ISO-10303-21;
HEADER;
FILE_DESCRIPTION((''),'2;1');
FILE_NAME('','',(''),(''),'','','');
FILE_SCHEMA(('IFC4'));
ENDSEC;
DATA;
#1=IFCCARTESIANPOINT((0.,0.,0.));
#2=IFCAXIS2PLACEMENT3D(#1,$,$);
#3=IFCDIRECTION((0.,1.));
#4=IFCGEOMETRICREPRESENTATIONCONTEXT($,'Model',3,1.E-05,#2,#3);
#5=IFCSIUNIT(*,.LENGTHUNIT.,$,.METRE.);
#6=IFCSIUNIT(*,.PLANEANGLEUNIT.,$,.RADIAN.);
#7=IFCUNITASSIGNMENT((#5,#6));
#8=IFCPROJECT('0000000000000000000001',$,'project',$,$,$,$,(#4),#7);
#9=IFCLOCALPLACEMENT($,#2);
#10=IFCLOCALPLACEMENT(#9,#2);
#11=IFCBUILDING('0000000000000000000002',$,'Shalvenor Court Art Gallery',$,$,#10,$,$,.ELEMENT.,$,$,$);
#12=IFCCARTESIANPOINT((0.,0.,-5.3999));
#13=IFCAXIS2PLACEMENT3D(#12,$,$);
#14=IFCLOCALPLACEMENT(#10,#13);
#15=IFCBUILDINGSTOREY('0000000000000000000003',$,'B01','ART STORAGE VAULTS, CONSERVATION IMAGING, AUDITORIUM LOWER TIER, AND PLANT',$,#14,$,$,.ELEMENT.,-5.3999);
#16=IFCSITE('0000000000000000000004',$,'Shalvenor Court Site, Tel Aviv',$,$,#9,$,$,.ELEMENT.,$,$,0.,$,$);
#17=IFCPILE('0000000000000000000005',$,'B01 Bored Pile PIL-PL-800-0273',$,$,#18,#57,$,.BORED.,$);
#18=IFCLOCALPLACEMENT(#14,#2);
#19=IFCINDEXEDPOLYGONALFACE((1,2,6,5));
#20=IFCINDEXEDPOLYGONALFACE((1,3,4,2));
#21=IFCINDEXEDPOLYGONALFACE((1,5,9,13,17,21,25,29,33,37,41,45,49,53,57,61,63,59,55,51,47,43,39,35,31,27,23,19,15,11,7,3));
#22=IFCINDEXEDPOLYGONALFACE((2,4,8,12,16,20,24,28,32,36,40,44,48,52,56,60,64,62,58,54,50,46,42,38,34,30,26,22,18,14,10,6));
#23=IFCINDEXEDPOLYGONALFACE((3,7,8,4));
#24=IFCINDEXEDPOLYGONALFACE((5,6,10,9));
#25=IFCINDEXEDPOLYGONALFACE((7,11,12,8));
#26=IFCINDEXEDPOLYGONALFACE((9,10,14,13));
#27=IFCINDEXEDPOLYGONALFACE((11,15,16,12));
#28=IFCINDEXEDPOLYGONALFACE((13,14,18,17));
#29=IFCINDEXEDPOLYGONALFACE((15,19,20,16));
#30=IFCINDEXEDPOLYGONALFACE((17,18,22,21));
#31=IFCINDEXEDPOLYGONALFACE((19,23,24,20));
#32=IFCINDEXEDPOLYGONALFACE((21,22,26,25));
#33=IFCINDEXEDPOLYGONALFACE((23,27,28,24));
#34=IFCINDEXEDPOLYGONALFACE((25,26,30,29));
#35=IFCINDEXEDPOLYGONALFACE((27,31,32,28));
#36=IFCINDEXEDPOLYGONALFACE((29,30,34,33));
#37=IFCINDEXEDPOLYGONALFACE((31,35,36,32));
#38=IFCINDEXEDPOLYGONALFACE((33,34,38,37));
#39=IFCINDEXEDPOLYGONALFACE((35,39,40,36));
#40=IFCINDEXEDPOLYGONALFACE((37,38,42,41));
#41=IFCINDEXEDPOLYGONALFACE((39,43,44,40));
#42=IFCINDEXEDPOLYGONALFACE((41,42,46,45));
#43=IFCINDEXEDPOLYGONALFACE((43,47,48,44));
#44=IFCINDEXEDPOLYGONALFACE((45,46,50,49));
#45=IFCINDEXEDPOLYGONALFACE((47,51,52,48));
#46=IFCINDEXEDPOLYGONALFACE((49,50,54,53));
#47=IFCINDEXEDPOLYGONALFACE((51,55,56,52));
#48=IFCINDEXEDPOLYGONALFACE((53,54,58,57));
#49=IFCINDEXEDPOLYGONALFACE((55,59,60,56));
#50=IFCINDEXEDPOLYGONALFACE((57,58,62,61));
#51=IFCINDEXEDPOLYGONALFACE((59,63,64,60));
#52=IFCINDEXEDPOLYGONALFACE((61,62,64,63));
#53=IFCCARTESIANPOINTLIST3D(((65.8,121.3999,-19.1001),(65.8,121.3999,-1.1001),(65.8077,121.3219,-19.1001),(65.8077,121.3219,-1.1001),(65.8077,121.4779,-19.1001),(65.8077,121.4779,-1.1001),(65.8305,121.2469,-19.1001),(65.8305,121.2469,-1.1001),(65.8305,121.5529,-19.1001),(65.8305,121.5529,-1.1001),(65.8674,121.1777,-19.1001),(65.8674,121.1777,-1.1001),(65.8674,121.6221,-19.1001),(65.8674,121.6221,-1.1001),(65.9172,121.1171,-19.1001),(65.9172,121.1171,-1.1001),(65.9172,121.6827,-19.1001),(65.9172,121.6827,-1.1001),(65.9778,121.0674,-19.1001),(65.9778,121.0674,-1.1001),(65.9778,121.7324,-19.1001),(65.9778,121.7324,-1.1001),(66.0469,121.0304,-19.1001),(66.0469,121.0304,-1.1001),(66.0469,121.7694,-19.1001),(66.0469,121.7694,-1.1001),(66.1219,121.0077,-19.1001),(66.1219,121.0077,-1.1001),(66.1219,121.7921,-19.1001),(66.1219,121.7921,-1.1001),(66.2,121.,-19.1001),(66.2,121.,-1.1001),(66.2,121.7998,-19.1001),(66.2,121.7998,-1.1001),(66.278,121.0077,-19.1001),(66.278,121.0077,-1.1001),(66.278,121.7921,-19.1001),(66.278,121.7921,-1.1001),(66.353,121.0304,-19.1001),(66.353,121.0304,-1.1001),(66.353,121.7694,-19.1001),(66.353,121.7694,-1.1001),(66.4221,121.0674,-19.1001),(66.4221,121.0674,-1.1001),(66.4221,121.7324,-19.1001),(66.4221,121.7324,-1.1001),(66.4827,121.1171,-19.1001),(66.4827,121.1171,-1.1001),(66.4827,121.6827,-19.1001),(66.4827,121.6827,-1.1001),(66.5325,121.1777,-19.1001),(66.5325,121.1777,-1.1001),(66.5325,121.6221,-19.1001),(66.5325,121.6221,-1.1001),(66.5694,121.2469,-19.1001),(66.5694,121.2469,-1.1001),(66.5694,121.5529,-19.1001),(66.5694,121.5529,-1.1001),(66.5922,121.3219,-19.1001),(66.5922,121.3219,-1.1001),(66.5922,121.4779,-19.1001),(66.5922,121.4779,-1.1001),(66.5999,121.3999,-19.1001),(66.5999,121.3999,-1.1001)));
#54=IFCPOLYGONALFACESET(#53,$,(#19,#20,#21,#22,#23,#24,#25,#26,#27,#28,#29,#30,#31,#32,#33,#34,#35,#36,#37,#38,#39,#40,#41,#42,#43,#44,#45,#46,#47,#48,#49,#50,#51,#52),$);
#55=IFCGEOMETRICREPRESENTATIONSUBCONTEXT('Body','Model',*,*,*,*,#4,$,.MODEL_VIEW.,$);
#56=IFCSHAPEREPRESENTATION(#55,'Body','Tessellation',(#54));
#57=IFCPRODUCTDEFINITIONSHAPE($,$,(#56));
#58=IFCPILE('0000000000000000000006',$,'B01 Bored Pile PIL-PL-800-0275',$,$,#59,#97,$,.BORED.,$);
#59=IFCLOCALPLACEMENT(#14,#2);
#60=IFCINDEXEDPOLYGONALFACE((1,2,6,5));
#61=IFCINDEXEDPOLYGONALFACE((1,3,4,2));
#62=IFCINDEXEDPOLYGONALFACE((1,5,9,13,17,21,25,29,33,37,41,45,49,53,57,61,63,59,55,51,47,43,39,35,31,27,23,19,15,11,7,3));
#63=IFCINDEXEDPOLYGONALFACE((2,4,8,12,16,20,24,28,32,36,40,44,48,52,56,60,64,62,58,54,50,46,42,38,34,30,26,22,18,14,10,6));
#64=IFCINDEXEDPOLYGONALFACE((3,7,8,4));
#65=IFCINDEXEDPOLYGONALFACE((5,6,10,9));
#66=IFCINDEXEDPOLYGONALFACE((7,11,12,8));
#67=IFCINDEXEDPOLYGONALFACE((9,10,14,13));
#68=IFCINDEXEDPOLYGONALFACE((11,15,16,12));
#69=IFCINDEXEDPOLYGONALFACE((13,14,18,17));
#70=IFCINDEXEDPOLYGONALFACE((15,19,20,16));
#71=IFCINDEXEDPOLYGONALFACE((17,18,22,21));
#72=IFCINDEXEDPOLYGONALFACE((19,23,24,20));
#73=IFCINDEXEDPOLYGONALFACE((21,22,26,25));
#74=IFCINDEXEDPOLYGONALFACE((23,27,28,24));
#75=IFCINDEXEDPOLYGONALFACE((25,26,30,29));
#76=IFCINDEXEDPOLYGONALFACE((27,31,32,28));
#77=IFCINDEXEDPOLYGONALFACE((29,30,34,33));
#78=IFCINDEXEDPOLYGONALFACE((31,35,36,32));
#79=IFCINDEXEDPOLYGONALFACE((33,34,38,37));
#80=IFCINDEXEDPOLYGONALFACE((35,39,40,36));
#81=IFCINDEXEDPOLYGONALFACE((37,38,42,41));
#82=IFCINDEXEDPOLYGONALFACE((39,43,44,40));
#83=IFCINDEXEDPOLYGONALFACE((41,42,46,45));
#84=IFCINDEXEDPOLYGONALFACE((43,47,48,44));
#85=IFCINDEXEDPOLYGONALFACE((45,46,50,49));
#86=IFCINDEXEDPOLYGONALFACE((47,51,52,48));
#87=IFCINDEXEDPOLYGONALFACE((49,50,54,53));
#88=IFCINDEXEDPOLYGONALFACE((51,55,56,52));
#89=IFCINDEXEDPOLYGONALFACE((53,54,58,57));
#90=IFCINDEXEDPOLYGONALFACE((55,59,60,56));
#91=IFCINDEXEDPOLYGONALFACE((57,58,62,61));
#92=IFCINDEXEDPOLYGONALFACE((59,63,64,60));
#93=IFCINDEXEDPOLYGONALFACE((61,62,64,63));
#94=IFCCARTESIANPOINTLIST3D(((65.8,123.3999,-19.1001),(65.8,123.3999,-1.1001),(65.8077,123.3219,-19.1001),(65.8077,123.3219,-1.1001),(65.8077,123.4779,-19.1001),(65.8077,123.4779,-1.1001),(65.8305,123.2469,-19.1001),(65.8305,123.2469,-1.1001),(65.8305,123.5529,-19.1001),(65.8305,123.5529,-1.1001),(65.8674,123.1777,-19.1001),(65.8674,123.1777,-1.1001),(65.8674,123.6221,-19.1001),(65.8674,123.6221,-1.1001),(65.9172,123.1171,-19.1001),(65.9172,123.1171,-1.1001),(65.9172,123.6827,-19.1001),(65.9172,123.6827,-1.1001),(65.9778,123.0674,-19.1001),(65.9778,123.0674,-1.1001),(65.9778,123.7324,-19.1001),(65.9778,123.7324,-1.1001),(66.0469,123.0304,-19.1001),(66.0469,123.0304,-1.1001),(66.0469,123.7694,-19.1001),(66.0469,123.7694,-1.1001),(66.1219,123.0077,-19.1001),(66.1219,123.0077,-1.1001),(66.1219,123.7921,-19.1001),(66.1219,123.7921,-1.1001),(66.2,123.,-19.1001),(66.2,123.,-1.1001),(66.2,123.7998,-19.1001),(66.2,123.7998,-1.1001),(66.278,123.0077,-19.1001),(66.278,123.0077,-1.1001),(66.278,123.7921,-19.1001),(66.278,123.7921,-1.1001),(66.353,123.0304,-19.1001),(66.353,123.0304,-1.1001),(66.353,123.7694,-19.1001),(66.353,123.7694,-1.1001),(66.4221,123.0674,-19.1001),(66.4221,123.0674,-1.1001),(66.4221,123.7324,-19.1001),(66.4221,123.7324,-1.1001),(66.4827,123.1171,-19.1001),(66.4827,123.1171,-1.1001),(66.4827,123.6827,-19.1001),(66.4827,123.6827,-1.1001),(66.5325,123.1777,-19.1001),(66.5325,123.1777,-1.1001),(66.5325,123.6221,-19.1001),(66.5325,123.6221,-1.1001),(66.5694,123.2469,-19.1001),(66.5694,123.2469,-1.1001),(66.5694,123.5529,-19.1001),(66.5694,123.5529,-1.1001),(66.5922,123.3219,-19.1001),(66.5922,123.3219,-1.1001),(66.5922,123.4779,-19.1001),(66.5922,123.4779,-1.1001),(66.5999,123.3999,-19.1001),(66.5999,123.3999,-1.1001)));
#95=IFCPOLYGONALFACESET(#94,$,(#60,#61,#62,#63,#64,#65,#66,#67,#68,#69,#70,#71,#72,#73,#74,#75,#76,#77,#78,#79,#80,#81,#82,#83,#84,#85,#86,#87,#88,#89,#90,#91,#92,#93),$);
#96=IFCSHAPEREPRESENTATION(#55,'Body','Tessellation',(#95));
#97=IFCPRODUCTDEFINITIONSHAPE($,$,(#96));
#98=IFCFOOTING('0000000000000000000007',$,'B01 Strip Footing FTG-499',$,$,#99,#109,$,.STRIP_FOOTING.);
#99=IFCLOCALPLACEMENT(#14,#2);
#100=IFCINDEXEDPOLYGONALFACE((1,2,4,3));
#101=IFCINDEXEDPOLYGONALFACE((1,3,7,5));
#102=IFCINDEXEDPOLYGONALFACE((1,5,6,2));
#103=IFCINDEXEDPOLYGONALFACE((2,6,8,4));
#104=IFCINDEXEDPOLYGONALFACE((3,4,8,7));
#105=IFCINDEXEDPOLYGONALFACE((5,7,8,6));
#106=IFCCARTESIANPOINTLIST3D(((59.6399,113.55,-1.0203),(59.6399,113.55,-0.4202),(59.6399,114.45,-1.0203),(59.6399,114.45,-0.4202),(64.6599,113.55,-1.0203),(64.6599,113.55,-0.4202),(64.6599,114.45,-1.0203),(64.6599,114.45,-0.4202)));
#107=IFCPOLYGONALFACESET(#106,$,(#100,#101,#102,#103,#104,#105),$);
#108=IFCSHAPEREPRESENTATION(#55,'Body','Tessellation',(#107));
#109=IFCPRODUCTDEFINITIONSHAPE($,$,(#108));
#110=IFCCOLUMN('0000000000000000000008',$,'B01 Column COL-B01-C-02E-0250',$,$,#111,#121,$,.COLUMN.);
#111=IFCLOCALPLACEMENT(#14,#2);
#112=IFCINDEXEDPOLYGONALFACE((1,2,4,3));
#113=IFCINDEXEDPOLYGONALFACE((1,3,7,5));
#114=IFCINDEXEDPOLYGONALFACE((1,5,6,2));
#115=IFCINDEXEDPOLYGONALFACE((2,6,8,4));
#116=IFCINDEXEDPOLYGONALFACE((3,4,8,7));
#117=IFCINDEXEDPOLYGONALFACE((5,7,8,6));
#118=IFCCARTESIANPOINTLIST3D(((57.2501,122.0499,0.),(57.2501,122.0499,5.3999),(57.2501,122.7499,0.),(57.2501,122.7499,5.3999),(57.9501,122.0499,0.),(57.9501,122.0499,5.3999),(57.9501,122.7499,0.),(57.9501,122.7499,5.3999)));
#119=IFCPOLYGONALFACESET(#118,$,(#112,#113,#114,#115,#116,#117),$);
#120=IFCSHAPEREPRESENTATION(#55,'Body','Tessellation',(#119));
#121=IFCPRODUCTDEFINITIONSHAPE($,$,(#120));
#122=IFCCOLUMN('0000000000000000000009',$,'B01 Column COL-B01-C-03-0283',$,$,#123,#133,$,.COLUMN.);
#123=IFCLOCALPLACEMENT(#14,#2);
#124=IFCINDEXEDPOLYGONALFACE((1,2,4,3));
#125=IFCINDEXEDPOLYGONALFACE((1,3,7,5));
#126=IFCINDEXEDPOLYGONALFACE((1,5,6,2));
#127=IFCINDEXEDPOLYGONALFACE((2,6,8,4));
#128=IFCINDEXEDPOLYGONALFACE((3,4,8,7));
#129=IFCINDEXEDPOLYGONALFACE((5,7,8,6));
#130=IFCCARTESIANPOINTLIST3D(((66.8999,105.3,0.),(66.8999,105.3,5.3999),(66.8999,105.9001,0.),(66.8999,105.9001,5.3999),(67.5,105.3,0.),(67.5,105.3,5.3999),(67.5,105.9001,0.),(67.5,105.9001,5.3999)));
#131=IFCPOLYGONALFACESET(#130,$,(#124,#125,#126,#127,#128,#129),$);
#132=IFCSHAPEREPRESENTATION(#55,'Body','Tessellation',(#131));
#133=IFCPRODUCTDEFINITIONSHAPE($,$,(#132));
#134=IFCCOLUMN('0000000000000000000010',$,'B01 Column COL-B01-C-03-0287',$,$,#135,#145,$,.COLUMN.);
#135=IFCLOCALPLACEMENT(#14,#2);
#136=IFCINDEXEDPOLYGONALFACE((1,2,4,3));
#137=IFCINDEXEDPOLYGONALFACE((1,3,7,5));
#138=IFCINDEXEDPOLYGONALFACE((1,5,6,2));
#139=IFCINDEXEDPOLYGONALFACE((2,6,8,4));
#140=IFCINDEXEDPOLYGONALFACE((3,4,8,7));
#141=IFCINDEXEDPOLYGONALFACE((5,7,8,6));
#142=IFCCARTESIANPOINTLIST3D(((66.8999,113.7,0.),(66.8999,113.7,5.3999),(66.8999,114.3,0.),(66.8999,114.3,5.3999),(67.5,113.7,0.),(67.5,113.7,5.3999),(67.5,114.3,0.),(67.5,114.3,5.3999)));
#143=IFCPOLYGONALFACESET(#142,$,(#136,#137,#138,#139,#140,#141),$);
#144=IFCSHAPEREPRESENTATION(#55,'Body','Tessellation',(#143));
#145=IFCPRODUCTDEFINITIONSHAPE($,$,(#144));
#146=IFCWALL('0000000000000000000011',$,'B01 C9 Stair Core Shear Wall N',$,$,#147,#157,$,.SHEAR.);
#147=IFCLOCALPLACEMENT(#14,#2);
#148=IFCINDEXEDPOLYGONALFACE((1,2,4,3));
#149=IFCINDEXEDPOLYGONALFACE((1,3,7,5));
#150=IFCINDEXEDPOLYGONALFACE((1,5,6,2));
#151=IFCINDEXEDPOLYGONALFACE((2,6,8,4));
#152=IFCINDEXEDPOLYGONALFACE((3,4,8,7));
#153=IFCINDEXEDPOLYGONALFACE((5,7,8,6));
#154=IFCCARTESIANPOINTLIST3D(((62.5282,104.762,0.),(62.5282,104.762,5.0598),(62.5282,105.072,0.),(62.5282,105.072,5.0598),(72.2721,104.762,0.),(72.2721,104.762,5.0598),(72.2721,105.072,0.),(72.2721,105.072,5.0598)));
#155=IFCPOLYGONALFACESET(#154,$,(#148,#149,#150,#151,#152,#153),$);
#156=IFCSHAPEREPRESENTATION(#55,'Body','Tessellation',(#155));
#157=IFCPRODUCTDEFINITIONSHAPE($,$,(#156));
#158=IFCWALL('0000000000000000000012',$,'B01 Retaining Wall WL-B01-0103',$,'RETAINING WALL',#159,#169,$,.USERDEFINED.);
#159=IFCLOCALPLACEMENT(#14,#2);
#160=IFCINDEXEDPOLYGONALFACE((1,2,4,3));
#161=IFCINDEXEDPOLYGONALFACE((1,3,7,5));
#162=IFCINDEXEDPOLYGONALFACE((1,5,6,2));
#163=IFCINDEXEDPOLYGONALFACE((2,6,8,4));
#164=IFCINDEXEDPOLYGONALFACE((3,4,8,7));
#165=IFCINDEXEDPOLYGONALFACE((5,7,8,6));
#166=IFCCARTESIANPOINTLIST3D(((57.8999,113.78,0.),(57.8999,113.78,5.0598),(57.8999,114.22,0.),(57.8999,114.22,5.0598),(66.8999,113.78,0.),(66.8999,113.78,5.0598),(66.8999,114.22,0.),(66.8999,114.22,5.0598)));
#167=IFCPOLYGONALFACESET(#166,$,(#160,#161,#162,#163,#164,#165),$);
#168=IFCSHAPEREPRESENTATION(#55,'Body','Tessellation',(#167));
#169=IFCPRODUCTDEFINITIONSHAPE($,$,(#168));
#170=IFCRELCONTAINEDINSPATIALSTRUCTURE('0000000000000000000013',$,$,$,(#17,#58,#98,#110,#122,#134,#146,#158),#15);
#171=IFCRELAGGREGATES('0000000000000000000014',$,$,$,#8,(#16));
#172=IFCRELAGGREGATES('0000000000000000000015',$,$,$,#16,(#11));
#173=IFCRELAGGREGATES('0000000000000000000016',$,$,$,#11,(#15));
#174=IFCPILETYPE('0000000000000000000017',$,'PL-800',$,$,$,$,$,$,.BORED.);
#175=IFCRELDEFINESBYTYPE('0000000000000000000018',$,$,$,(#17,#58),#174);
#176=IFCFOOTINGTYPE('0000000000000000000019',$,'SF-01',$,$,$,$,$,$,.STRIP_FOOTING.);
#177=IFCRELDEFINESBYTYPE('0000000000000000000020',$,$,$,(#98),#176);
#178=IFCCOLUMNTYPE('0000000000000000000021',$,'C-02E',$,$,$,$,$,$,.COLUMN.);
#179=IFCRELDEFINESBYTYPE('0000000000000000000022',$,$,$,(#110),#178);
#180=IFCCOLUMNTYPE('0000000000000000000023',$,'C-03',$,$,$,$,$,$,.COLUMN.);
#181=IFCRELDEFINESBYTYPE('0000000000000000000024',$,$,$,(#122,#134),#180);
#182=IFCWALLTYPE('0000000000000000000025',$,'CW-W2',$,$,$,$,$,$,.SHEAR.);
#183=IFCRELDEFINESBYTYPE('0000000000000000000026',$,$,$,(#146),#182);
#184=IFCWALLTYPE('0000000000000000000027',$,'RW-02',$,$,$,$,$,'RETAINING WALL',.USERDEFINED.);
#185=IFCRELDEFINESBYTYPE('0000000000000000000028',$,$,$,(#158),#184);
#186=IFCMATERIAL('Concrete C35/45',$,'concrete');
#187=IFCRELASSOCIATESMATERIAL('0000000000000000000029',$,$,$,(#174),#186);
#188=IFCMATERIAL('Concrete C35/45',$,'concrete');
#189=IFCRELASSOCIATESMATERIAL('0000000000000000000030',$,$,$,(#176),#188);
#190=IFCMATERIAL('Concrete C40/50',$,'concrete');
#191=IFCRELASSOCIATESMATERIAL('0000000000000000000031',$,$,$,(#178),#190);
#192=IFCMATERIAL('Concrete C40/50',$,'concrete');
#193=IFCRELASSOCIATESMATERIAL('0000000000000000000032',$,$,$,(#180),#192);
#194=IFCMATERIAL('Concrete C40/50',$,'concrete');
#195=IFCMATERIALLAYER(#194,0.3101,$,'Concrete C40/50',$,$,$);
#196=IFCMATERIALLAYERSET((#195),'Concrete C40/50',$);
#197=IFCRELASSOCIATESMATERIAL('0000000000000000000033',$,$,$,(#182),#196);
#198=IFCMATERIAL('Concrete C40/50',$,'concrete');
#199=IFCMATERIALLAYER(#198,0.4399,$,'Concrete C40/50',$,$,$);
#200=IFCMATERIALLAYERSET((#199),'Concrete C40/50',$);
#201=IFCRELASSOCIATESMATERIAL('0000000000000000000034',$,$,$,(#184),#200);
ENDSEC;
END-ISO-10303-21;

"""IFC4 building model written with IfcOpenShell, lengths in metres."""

from ifc_helpers import new_model, si_unit, direction, frame, frame_2d, origin, origin_2d, place, context, subcontext, project, spatial, rectangle, circle, extrude, material, layer, layer_set, material_profile, profile_set, type_object, element, save


model = new_model("IFC4")

# Units and contexts
model_context = context("Model", 3, precision=1e-05, world=origin(), true_north=direction((0.0, 1.0)))
body_context = subcontext(model_context, "Body", "Model", "MODEL_VIEW")
ifc_project = project(units=[si_unit("LENGTHUNIT", "METRE"), si_unit("PLANEANGLEUNIT", "RADIAN")], contexts=[model_context])

# Site, building, storey
site_placement = place(None, origin())
site = spatial("IfcSite", under=ifc_project, at=site_placement, Name="Shalvenor Court Site, Tel Aviv", CompositionType="ELEMENT", RefElevation=0.0)
building_placement = place(site_placement, origin())
building = spatial("IfcBuilding", under=site, at=building_placement, Name="Shalvenor Court Art Gallery", CompositionType="ELEMENT")
storey_placement = place(building_placement, frame((0.0, 0.0, -5.3999)))
storey = spatial("IfcBuildingStorey", under=building, at=storey_placement, Name="B01", Description="ART STORAGE VAULTS, CONSERVATION IMAGING, AUDITORIUM LOWER TIER, AND PLANT", CompositionType="ELEMENT", Elevation=-5.3999)

# Piles
ifc_material_1 = material(Name="Concrete C35/45", Category="concrete")
ifc_material_profile_1 = material_profile(ifc_material_1, circle(Radius=0.3999, at=origin_2d()), Name="PILE 800")
ifc_profile_set_1 = profile_set([ifc_material_profile_1], Name="Concrete C35/45")
pile_type_1 = type_object("IfcPileType", Name="PL-800", PredefinedType="BORED", material=ifc_profile_set_1)
for number, where, z_axis, x_axis, name in (
    (1, (66.2, 121.3999, -1.1001), (0.0, 0.0, -1.0), (1.0, 0.0, 0.0), "B01 Bored Pile PIL-PL-800-0273"),
    (2, (66.2, 123.3999, -1.1001), (0.0, 0.0, -1.0), (1.0, 0.0, 0.0), "B01 Bored Pile PIL-PL-800-0275"),
):
    element("IfcPile", number, at=place(storey_placement, frame(where, z_axis=z_axis, x_axis=x_axis)), inside=storey, type_object=pile_type_1, Name=name, PredefinedType="BORED", context=body_context, shape_type="SweptSolid", body=[
        extrude(circle(Radius=0.3999, at=origin_2d()), origin(), (0.0, 0.0, 1.0), 18.0),
    ])

# Footing
ifc_material_2 = material(Name="Concrete C35/45", Category="concrete")
footing_type_1 = type_object("IfcFootingType", Name="SF-01", PredefinedType="STRIP_FOOTING", material=ifc_material_2)
footing_1_placement = place(storey_placement, frame((62.1499, 114.0, -1.0203), z_axis=(0.0, 0.0, 1.0), x_axis=(1.0, 0.0, 0.0)))
element("IfcFooting", 3, at=footing_1_placement, inside=storey, type_object=footing_type_1, Name="B01 Strip Footing FTG-499", PredefinedType="STRIP_FOOTING", context=body_context, shape_type="SweptSolid", body=[
    extrude(rectangle(XDim=5.02, YDim=0.8999, at=origin_2d()), origin(), (0.0, 0.0, 1.0), 0.6001),
])

# Columns
ifc_material_3 = material(Name="Concrete C40/50", Category="concrete")
ifc_material_profile_2 = material_profile(ifc_material_3, rectangle(XDim=0.7, YDim=0.7, at=origin_2d()), Name="RC 700x700")
ifc_profile_set_2 = profile_set([ifc_material_profile_2], Name="Concrete C40/50")
column_type_1 = type_object("IfcColumnType", Name="C-02E", PredefinedType="COLUMN", material=ifc_profile_set_2)
column_placement = place(storey_placement, frame((57.6001, 122.3999, 0.0), z_axis=(0.0, 0.0, 1.0), x_axis=(1.0, 0.0, 0.0)))
element("IfcColumn", 4, at=column_placement, inside=storey, type_object=column_type_1, Name="B01 Column COL-B01-C-02E-0250", PredefinedType="COLUMN", context=body_context, shape_type="SweptSolid", body=[
    extrude(rectangle(XDim=0.7, YDim=0.7, at=origin_2d()), origin(), (0.0, 0.0, 1.0), 5.3999),
])
ifc_material_4 = material(Name="Concrete C40/50", Category="concrete")
ifc_material_profile_3 = material_profile(ifc_material_4, rectangle(XDim=0.6001, YDim=0.6001, at=origin_2d()), Name="RC 600x600")
ifc_profile_set_3 = profile_set([ifc_material_profile_3], Name="Concrete C40/50")
column_type_2 = type_object("IfcColumnType", Name="C-03", PredefinedType="COLUMN", material=ifc_profile_set_3)
for number, where, z_axis, x_axis, name in (
    (5, (67.2, 105.6001, 0.0), (0.0, 0.0, 1.0), (1.0, 0.0, 0.0), "B01 Column COL-B01-C-03-0283"),
    (6, (67.2, 114.0, 0.0), (0.0, 0.0, 1.0), (1.0, 0.0, 0.0), "B01 Column COL-B01-C-03-0287"),
):
    element("IfcColumn", number, at=place(storey_placement, frame(where, z_axis=z_axis, x_axis=x_axis)), inside=storey, type_object=column_type_2, Name=name, PredefinedType="COLUMN", context=body_context, shape_type="SweptSolid", body=[
        extrude(rectangle(XDim=0.6001, YDim=0.6001, at=origin_2d()), origin(), (0.0, 0.0, 1.0), 5.3999),
    ])

# Walls
ifc_material_5 = material(Name="Concrete C40/50", Category="concrete")
ifc_layer_1 = layer(ifc_material_5, 0.3101, Name="Concrete C40/50")
ifc_layer_set_1 = layer_set([ifc_layer_1], Name="Concrete C40/50")
wall_type_1 = type_object("IfcWallType", Name="CW-W2", PredefinedType="SHEAR", material=ifc_layer_set_1)
wall_1_placement = place(storey_placement, frame((62.5281, 104.917, 0.0), z_axis=(0.0, 0.0, 1.0), x_axis=(1.0, 0.0, 0.0)))
element("IfcWall", 7, at=wall_1_placement, inside=storey, type_object=wall_type_1, Name="B01 C9 Stair Core Shear Wall N", PredefinedType="SHEAR", context=body_context, shape_type="SweptSolid", body=[
    extrude(rectangle(XDim=9.7439, YDim=0.3101, at=frame_2d((4.8721, 0.0))), origin(), (0.0, 0.0, 1.0), 5.0598),
])
ifc_material_6 = material(Name="Concrete C40/50", Category="concrete")
ifc_layer_2 = layer(ifc_material_6, 0.4399, Name="Concrete C40/50")
ifc_layer_set_2 = layer_set([ifc_layer_2], Name="Concrete C40/50")
wall_type_2 = type_object("IfcWallType", Name="RW-02", ElementType="RETAINING WALL", PredefinedType="USERDEFINED", material=ifc_layer_set_2)
wall_2_placement = place(storey_placement, frame((57.8999, 114.0, 0.0), z_axis=(0.0, 0.0, 1.0), x_axis=(1.0, 0.0, 0.0)))
element("IfcWall", 8, at=wall_2_placement, inside=storey, type_object=wall_type_2, Name="B01 Retaining Wall WL-B01-0103", ObjectType="RETAINING WALL", PredefinedType="USERDEFINED", context=body_context, shape_type="SweptSolid", body=[
    extrude(rectangle(XDim=9.0, YDim=0.4399, at=frame_2d((4.5, 0.0))), origin(), (0.0, 0.0, 1.0), 5.0598),
])

save(model, "model.ifc")
